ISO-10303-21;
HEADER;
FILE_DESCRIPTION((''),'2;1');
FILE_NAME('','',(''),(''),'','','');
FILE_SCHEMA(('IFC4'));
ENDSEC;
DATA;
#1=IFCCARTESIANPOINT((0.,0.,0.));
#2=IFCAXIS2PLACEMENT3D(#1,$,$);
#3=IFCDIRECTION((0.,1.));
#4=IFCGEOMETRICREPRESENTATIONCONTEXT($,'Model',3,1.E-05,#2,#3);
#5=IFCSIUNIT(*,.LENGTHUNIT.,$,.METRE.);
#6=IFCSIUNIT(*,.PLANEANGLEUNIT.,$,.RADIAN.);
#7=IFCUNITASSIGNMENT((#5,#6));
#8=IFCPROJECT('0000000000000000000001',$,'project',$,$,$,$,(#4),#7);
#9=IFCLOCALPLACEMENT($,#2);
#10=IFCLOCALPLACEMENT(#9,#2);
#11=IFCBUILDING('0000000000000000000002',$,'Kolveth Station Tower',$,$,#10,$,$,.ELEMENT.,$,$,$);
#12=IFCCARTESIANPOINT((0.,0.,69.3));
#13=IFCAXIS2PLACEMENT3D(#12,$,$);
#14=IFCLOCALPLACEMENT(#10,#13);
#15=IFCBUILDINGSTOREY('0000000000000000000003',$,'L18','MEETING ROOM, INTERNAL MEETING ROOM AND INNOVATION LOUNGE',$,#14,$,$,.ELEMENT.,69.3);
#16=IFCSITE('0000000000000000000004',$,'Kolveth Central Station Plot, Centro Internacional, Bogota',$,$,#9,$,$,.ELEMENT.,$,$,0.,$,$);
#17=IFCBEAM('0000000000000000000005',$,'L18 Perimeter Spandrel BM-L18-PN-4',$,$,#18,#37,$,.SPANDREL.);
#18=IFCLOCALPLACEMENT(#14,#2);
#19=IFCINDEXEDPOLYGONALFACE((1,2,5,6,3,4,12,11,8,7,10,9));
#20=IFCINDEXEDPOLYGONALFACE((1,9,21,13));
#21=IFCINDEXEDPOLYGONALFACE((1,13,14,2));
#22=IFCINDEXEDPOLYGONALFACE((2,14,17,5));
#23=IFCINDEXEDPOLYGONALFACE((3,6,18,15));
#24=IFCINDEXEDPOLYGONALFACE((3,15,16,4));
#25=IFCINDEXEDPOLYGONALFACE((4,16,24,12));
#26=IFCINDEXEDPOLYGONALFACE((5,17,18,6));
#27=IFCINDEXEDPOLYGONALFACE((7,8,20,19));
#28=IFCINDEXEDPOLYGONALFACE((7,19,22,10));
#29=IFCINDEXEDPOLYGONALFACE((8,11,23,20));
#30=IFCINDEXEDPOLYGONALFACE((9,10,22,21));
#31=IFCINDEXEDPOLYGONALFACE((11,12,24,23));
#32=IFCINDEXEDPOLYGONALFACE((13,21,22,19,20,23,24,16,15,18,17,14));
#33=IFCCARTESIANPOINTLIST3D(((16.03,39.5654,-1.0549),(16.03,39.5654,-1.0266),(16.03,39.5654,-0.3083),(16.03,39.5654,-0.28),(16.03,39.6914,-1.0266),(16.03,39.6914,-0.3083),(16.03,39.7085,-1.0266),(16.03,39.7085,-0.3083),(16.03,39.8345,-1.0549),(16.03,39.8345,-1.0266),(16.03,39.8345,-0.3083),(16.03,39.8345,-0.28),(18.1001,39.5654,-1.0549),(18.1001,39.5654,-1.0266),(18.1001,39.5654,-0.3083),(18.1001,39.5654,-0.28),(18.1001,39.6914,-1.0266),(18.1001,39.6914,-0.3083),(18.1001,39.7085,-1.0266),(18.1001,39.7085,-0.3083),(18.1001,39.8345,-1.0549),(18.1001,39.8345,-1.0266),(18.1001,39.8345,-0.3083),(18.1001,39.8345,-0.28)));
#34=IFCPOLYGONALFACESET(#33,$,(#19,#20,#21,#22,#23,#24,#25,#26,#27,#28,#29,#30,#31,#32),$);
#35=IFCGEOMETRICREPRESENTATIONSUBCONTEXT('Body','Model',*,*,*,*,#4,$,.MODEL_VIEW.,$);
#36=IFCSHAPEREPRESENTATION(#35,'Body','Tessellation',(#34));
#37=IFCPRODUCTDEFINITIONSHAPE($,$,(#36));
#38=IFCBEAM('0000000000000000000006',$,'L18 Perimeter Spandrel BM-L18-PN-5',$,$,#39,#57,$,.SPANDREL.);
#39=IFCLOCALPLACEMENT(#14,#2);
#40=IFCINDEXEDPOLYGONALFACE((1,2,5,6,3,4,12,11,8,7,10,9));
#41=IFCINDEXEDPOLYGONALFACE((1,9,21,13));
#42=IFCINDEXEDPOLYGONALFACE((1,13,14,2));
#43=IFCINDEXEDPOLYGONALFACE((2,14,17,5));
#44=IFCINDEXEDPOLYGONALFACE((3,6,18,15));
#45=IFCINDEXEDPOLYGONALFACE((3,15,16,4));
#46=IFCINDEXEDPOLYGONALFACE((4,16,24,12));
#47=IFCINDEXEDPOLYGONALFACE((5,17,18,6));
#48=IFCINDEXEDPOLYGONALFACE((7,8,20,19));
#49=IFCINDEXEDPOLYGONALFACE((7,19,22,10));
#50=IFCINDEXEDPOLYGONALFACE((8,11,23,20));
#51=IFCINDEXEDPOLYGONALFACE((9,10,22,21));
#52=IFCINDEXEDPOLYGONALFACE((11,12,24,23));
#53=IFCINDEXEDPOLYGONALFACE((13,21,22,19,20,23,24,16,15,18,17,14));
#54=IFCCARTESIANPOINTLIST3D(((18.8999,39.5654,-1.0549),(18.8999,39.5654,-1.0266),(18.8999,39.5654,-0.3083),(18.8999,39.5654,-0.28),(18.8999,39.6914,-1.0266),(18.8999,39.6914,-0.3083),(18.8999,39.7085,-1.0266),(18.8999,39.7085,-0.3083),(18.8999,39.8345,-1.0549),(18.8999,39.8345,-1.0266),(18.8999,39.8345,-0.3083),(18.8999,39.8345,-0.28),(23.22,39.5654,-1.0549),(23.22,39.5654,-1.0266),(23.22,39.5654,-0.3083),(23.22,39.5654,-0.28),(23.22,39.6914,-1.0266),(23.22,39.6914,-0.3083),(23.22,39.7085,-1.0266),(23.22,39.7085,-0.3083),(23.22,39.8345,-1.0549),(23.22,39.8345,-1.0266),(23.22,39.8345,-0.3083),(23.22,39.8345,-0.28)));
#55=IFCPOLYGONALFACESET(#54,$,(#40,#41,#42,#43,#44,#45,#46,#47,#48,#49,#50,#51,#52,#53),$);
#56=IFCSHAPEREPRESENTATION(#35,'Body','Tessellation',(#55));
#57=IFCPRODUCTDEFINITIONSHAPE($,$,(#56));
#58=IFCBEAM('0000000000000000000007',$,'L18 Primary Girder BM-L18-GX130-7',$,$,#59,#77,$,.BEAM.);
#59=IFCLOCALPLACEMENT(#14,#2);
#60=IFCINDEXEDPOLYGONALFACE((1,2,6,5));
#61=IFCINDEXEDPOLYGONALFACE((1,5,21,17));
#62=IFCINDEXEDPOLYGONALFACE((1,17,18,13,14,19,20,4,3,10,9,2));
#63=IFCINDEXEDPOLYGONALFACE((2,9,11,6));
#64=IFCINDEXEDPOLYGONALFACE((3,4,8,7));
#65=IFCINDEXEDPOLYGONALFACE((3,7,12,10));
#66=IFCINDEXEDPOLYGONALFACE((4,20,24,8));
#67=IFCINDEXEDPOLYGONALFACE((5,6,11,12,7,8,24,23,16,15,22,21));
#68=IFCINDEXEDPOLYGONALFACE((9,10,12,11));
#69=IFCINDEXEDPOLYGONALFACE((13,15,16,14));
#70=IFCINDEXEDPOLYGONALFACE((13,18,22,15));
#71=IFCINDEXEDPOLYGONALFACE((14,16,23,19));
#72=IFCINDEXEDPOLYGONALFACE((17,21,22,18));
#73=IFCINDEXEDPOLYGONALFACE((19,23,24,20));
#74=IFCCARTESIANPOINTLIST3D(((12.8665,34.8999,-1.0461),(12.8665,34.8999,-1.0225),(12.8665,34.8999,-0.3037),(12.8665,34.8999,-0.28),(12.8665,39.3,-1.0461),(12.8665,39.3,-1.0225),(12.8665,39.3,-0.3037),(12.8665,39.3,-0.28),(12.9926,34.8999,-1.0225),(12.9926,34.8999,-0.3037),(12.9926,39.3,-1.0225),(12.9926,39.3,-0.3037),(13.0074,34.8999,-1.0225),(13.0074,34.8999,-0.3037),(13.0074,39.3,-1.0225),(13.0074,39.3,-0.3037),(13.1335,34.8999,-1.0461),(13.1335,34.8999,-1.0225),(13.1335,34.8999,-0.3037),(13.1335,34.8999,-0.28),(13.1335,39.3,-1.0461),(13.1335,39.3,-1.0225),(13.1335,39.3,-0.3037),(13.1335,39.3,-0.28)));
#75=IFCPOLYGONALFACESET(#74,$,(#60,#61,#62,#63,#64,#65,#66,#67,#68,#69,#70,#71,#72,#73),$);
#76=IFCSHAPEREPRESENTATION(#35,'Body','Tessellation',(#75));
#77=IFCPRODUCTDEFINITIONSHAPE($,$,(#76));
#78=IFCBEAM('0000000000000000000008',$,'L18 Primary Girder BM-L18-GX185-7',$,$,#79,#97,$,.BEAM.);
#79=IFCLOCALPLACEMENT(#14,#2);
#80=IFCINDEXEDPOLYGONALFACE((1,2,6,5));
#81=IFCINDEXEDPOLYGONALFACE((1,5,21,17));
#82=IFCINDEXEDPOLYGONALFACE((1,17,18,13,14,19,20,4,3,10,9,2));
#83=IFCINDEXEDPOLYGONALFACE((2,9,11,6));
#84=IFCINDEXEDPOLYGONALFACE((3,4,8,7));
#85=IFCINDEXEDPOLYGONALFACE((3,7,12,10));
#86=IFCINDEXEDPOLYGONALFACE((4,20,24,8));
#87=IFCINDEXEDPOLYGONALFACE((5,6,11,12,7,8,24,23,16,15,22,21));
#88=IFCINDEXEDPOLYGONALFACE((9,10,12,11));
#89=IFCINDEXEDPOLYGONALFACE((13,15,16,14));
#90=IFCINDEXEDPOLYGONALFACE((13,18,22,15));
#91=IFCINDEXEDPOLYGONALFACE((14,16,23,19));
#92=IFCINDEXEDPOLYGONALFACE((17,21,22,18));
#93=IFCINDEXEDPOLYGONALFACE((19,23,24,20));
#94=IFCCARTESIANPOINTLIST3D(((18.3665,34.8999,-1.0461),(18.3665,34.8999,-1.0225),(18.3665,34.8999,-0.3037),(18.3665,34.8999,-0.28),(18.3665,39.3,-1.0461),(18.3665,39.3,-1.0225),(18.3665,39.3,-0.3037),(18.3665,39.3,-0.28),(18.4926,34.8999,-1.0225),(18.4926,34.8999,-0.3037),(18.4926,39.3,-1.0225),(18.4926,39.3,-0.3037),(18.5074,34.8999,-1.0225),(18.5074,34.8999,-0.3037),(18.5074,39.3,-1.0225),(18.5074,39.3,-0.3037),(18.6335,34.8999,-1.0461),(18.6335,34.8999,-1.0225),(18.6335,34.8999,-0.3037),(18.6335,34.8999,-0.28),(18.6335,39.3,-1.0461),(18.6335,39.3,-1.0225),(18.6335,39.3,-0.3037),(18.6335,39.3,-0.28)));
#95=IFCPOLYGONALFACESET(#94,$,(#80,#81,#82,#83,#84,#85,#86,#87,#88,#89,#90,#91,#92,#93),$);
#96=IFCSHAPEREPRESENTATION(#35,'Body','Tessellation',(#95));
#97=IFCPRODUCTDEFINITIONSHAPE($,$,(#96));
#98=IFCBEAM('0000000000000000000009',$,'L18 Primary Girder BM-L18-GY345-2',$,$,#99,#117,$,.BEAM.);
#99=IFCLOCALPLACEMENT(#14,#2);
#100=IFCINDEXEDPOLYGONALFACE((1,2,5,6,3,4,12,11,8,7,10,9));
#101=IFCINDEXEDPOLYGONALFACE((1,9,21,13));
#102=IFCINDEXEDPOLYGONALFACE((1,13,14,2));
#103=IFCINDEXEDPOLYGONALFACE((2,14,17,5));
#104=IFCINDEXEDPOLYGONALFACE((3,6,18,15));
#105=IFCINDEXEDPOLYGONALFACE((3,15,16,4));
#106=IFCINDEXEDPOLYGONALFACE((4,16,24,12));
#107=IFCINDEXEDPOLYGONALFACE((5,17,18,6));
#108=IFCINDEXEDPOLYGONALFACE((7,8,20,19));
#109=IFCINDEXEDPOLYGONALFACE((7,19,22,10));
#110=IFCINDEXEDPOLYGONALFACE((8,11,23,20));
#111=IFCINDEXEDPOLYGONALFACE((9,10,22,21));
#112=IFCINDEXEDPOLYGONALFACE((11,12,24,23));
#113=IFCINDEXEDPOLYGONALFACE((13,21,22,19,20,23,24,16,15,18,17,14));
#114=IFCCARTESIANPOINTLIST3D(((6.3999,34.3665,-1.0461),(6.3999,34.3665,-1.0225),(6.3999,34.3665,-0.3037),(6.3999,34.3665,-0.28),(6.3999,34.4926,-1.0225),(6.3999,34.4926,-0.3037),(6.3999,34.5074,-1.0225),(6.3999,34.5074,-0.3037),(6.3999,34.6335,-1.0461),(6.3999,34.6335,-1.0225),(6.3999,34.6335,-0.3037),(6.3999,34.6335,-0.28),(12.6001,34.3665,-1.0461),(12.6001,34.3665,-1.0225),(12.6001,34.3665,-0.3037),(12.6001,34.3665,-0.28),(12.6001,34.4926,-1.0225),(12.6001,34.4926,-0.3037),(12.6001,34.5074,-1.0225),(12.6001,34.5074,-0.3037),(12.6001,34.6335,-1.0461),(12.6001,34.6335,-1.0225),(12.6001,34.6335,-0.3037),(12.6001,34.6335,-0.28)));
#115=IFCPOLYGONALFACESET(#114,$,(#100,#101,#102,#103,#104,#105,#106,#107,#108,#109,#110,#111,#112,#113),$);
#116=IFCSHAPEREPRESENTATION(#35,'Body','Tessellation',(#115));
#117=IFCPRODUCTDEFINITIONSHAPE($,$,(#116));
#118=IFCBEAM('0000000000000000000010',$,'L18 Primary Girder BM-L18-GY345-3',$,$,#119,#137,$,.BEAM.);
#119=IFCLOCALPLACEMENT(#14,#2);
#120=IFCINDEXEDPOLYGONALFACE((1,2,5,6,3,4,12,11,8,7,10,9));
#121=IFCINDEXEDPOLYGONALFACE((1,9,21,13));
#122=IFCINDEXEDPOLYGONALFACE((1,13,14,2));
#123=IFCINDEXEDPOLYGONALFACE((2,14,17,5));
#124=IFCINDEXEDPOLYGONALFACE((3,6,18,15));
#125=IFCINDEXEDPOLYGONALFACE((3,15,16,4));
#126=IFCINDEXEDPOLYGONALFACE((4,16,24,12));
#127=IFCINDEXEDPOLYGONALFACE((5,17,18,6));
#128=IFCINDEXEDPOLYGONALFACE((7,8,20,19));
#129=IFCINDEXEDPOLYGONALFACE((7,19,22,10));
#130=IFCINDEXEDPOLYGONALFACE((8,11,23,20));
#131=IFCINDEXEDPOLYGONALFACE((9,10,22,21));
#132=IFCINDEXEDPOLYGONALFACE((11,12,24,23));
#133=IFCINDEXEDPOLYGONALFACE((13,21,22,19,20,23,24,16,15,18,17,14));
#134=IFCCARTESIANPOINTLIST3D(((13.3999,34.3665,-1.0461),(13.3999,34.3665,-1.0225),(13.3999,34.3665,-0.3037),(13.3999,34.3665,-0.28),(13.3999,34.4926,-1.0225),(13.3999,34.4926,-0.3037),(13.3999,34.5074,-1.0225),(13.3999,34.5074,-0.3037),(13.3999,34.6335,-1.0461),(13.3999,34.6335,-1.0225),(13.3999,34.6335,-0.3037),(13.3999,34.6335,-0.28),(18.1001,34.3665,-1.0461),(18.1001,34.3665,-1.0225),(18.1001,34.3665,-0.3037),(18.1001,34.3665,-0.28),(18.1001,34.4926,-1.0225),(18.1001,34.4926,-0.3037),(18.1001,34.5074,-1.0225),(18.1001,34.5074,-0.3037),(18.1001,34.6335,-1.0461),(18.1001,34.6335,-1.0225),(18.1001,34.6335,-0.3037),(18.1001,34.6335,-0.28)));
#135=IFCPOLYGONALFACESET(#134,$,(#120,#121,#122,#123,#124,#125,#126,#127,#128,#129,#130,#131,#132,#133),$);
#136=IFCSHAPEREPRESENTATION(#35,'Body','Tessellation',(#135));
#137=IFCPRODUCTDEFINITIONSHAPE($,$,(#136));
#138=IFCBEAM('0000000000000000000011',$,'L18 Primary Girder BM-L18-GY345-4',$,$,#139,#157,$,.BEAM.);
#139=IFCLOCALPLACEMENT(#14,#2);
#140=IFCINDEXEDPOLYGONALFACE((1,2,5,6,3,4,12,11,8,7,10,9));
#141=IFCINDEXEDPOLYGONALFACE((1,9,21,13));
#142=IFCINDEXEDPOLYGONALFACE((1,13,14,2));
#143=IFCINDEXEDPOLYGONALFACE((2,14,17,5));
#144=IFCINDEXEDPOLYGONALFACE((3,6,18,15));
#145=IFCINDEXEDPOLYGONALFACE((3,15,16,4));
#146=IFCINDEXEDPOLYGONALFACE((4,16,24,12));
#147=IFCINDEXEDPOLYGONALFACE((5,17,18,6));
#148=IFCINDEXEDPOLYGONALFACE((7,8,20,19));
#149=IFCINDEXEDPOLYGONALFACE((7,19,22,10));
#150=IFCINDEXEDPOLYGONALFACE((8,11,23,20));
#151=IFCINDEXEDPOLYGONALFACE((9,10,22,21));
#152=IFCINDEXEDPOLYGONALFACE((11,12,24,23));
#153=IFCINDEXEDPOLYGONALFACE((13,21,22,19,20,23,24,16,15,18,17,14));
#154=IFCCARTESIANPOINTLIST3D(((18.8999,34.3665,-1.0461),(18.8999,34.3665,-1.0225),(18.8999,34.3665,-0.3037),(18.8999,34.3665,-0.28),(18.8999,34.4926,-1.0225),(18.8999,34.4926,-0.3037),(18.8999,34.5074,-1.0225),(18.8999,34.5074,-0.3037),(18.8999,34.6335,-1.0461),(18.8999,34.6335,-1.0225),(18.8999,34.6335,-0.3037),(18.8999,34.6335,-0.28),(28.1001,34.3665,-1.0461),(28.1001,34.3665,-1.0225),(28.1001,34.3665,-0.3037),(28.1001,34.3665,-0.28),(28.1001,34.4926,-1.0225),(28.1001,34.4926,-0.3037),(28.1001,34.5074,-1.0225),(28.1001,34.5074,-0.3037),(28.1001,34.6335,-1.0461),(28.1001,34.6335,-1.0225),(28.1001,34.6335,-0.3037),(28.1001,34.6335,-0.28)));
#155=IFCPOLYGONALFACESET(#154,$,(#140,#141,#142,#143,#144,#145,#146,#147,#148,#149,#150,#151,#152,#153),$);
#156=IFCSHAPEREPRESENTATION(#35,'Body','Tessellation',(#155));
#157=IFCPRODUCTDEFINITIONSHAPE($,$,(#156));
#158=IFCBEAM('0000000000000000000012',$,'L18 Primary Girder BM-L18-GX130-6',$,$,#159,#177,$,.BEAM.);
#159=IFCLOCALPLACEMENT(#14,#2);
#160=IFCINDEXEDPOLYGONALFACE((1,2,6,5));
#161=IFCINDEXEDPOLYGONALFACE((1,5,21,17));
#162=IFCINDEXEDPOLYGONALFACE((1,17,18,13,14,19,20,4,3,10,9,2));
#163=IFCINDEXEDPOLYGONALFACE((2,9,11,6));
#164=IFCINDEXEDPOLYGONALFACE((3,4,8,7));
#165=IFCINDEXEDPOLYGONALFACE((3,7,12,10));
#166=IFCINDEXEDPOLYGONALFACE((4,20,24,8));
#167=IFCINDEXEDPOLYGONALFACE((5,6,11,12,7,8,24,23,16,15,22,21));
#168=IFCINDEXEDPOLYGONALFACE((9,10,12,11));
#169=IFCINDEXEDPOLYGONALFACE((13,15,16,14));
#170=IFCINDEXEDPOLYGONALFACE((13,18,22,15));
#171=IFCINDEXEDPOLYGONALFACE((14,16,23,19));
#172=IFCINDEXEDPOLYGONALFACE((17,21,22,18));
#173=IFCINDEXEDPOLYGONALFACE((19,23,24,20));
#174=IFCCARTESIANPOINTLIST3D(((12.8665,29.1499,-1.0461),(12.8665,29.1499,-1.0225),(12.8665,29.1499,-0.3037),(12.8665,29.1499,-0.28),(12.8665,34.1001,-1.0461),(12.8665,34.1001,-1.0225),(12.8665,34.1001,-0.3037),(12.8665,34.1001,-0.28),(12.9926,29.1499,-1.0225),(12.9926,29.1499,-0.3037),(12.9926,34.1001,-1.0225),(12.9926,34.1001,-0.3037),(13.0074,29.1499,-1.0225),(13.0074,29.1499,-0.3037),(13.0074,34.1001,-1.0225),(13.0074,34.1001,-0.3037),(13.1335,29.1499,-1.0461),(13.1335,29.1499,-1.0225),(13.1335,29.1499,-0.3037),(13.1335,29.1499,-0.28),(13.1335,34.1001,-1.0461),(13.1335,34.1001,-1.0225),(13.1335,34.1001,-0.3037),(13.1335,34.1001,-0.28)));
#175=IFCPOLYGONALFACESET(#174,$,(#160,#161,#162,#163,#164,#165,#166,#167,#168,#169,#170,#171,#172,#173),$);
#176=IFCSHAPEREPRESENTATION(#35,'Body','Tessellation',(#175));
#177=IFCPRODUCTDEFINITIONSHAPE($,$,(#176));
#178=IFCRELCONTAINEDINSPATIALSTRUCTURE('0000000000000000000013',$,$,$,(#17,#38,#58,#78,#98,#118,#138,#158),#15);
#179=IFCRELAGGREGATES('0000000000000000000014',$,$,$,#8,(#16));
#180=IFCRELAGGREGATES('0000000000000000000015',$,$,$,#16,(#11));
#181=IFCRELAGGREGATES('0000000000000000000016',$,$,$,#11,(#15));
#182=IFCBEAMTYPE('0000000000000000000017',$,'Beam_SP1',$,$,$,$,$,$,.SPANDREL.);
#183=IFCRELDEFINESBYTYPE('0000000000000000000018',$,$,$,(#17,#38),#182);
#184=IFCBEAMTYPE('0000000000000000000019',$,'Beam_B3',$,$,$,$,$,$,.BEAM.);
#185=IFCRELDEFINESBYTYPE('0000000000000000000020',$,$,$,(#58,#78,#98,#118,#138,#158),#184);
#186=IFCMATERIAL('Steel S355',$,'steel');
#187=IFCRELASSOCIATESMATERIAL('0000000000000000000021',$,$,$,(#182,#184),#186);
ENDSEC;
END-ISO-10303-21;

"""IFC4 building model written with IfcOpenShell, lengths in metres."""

from ifc_helpers import new_model, si_unit, direction, frame, origin, origin_2d, place, context, subcontext, project, spatial, i_section, extrude, source, transform, mapped, material, material_profile, profile_set, type_object, element, save


model = new_model("IFC4")

# Units and contexts
model_context = context("Model", 3, precision=1e-05, world=origin(), true_north=direction((0.0, 1.0)))
body_context = subcontext(model_context, "Body", "Model", "MODEL_VIEW")
ifc_project = project(units=[si_unit("LENGTHUNIT", "METRE"), si_unit("PLANEANGLEUNIT", "RADIAN")], contexts=[model_context])

# Site, building, storey
site_placement = place(None, origin())
site = spatial("IfcSite", under=ifc_project, at=site_placement, Name="Kolveth Central Station Plot, Centro Internacional, Bogota", CompositionType="ELEMENT", RefElevation=0.0)
building_placement = place(site_placement, origin())
building = spatial("IfcBuilding", under=site, at=building_placement, Name="Kolveth Station Tower", CompositionType="ELEMENT")
storey_placement = place(building_placement, frame((0.0, 0.0, 69.3)))
storey = spatial("IfcBuildingStorey", under=building, at=storey_placement, Name="L18", Description="MEETING ROOM, INTERNAL MEETING ROOM AND INNOVATION LOUNGE", CompositionType="ELEMENT", Elevation=69.3)

# Shared definitions
ifc_material_1 = material(Name="Steel S355", Category="steel")

# Beams
ifc_material_profile_1 = material_profile(ifc_material_1, i_section(OverallWidth=0.269, OverallDepth=0.7749, WebThickness=0.0171, FlangeThickness=0.0283, at=origin_2d()), Name="W760x220")
ifc_profile_set_1 = profile_set([ifc_material_profile_1], Name="Steel S355")
beam_type_1 = type_object("IfcBeamType", Name="Beam_SP1", PredefinedType="SPANDREL", material=ifc_profile_set_1)
shared_shape_1 = source(origin(), body_context, "Body", "SweptSolid", [
    extrude(i_section(OverallWidth=0.269, OverallDepth=0.7749, WebThickness=0.0171, FlangeThickness=0.0283, at=origin_2d()), origin(), (0.0, 0.0, 1.0), 2.0701),
])
for number, where, z_axis, x_axis, name in (
    (1, (16.03, 39.7, -0.6675), (1.0, 0.0, 0.0), (0.0, 1.0, 0.0), "L18 Perimeter Spandrel BM-L18-PN-4"),
):
    element("IfcBeam", number, at=place(storey_placement, frame(where, z_axis=z_axis, x_axis=x_axis)), inside=storey, type_object=beam_type_1, Name=name, PredefinedType="SPANDREL", context=body_context, shape_type="MappedRepresentation", body=[
        mapped(shared_shape_1, transform((0.0, 0.0, 0.0), x_axis=(1.0, 0.0, 0.0), y_axis=(0.0, 1.0, 0.0), z_axis=(0.0, 0.0, 1.0), scale=1.0)),
    ])
shared_shape_2 = source(origin(), body_context, "Body", "SweptSolid", [
    extrude(i_section(OverallWidth=0.269, OverallDepth=0.7749, WebThickness=0.0171, FlangeThickness=0.0283, at=origin_2d()), origin(), (0.0, 0.0, 1.0), 4.3201),
])
beam_1_placement = place(storey_placement, frame((18.8999, 39.7, -0.6675), z_axis=(1.0, 0.0, 0.0), x_axis=(0.0, 1.0, 0.0)))
element("IfcBeam", 2, at=beam_1_placement, inside=storey, type_object=beam_type_1, Name="L18 Perimeter Spandrel BM-L18-PN-5", PredefinedType="SPANDREL", context=body_context, shape_type="MappedRepresentation", body=[
    mapped(shared_shape_2, transform((0.0, 0.0, 0.0), x_axis=(1.0, 0.0, 0.0), y_axis=(0.0, 1.0, 0.0), z_axis=(0.0, 0.0, 1.0), scale=1.0)),
])
ifc_material_profile_2 = material_profile(ifc_material_1, i_section(OverallWidth=0.2671, OverallDepth=0.7661, WebThickness=0.0149, FlangeThickness=0.0237, at=origin_2d()), Name="W760x185")
ifc_profile_set_2 = profile_set([ifc_material_profile_2], Name="Steel S355")
beam_type_2 = type_object("IfcBeamType", Name="Beam_B3", PredefinedType="BEAM", material=ifc_profile_set_2)
shared_shape_3 = source(origin(), body_context, "Body", "SweptSolid", [
    extrude(i_section(OverallWidth=0.2671, OverallDepth=0.7661, WebThickness=0.0149, FlangeThickness=0.0237, at=origin_2d()), origin(), (0.0, 0.0, 1.0), 4.4001),
])
for number, where, z_axis, x_axis, name in (
    (3, (13.0, 34.8999, -0.6631), (0.0, 1.0, 0.0), (-1.0, 0.0, 0.0), "L18 Primary Girder BM-L18-GX130-7"),
    (4, (18.5, 34.8999, -0.6631), (0.0, 1.0, 0.0), (-1.0, 0.0, 0.0), "L18 Primary Girder BM-L18-GX185-7"),
):
    element("IfcBeam", number, at=place(storey_placement, frame(where, z_axis=z_axis, x_axis=x_axis)), inside=storey, type_object=beam_type_2, Name=name, PredefinedType="BEAM", context=body_context, shape_type="MappedRepresentation", body=[
        mapped(shared_shape_3, transform((0.0, 0.0, 0.0), x_axis=(1.0, 0.0, 0.0), y_axis=(0.0, 1.0, 0.0), z_axis=(0.0, 0.0, 1.0), scale=1.0)),
    ])
shared_shape_4 = source(origin(), body_context, "Body", "SweptSolid", [
    extrude(i_section(OverallWidth=0.2671, OverallDepth=0.7661, WebThickness=0.0149, FlangeThickness=0.0237, at=origin_2d()), origin(), (0.0, 0.0, 1.0), 6.2002),
])
beam_2_placement = place(storey_placement, frame((6.3999, 34.5, -0.6631), z_axis=(1.0, 0.0, 0.0), x_axis=(0.0, 1.0, 0.0)))
element("IfcBeam", 5, at=beam_2_placement, inside=storey, type_object=beam_type_2, Name="L18 Primary Girder BM-L18-GY345-2", PredefinedType="BEAM", context=body_context, shape_type="MappedRepresentation", body=[
    mapped(shared_shape_4, transform((0.0, 0.0, 0.0), x_axis=(1.0, 0.0, 0.0), y_axis=(0.0, 1.0, 0.0), z_axis=(0.0, 0.0, 1.0), scale=1.0)),
])
shared_shape_5 = source(origin(), body_context, "Body", "SweptSolid", [
    extrude(i_section(OverallWidth=0.2671, OverallDepth=0.7661, WebThickness=0.0149, FlangeThickness=0.0237, at=origin_2d()), origin(), (0.0, 0.0, 1.0), 4.7002),
])
beam_3_placement = place(storey_placement, frame((13.3999, 34.5, -0.6631), z_axis=(1.0, 0.0, 0.0), x_axis=(0.0, 1.0, 0.0)))
element("IfcBeam", 6, at=beam_3_placement, inside=storey, type_object=beam_type_2, Name="L18 Primary Girder BM-L18-GY345-3", PredefinedType="BEAM", context=body_context, shape_type="MappedRepresentation", body=[
    mapped(shared_shape_5, transform((0.0, 0.0, 0.0), x_axis=(1.0, 0.0, 0.0), y_axis=(0.0, 1.0, 0.0), z_axis=(0.0, 0.0, 1.0), scale=1.0)),
])
shared_shape_6 = source(origin(), body_context, "Body", "SweptSolid", [
    extrude(i_section(OverallWidth=0.2671, OverallDepth=0.7661, WebThickness=0.0149, FlangeThickness=0.0237, at=origin_2d()), origin(), (0.0, 0.0, 1.0), 9.2002),
])
beam_4_placement = place(storey_placement, frame((18.8999, 34.5, -0.6631), z_axis=(1.0, 0.0, 0.0), x_axis=(0.0, 1.0, 0.0)))
element("IfcBeam", 7, at=beam_4_placement, inside=storey, type_object=beam_type_2, Name="L18 Primary Girder BM-L18-GY345-4", PredefinedType="BEAM", context=body_context, shape_type="MappedRepresentation", body=[
    mapped(shared_shape_6, transform((0.0, 0.0, 0.0), x_axis=(1.0, 0.0, 0.0), y_axis=(0.0, 1.0, 0.0), z_axis=(0.0, 0.0, 1.0), scale=1.0)),
])
shared_shape_7 = source(origin(), body_context, "Body", "SweptSolid", [
    extrude(i_section(OverallWidth=0.2671, OverallDepth=0.7661, WebThickness=0.0149, FlangeThickness=0.0237, at=origin_2d()), origin(), (0.0, 0.0, 1.0), 4.9502),
])
beam_5_placement = place(storey_placement, frame((13.0, 29.1499, -0.6631), z_axis=(0.0, 1.0, 0.0), x_axis=(-1.0, 0.0, 0.0)))
element("IfcBeam", 8, at=beam_5_placement, inside=storey, type_object=beam_type_2, Name="L18 Primary Girder BM-L18-GX130-6", PredefinedType="BEAM", context=body_context, shape_type="MappedRepresentation", body=[
    mapped(shared_shape_7, transform((0.0, 0.0, 0.0), x_axis=(1.0, 0.0, 0.0), y_axis=(0.0, 1.0, 0.0), z_axis=(0.0, 0.0, 1.0), scale=1.0)),
])

save(model, "model.ifc")
